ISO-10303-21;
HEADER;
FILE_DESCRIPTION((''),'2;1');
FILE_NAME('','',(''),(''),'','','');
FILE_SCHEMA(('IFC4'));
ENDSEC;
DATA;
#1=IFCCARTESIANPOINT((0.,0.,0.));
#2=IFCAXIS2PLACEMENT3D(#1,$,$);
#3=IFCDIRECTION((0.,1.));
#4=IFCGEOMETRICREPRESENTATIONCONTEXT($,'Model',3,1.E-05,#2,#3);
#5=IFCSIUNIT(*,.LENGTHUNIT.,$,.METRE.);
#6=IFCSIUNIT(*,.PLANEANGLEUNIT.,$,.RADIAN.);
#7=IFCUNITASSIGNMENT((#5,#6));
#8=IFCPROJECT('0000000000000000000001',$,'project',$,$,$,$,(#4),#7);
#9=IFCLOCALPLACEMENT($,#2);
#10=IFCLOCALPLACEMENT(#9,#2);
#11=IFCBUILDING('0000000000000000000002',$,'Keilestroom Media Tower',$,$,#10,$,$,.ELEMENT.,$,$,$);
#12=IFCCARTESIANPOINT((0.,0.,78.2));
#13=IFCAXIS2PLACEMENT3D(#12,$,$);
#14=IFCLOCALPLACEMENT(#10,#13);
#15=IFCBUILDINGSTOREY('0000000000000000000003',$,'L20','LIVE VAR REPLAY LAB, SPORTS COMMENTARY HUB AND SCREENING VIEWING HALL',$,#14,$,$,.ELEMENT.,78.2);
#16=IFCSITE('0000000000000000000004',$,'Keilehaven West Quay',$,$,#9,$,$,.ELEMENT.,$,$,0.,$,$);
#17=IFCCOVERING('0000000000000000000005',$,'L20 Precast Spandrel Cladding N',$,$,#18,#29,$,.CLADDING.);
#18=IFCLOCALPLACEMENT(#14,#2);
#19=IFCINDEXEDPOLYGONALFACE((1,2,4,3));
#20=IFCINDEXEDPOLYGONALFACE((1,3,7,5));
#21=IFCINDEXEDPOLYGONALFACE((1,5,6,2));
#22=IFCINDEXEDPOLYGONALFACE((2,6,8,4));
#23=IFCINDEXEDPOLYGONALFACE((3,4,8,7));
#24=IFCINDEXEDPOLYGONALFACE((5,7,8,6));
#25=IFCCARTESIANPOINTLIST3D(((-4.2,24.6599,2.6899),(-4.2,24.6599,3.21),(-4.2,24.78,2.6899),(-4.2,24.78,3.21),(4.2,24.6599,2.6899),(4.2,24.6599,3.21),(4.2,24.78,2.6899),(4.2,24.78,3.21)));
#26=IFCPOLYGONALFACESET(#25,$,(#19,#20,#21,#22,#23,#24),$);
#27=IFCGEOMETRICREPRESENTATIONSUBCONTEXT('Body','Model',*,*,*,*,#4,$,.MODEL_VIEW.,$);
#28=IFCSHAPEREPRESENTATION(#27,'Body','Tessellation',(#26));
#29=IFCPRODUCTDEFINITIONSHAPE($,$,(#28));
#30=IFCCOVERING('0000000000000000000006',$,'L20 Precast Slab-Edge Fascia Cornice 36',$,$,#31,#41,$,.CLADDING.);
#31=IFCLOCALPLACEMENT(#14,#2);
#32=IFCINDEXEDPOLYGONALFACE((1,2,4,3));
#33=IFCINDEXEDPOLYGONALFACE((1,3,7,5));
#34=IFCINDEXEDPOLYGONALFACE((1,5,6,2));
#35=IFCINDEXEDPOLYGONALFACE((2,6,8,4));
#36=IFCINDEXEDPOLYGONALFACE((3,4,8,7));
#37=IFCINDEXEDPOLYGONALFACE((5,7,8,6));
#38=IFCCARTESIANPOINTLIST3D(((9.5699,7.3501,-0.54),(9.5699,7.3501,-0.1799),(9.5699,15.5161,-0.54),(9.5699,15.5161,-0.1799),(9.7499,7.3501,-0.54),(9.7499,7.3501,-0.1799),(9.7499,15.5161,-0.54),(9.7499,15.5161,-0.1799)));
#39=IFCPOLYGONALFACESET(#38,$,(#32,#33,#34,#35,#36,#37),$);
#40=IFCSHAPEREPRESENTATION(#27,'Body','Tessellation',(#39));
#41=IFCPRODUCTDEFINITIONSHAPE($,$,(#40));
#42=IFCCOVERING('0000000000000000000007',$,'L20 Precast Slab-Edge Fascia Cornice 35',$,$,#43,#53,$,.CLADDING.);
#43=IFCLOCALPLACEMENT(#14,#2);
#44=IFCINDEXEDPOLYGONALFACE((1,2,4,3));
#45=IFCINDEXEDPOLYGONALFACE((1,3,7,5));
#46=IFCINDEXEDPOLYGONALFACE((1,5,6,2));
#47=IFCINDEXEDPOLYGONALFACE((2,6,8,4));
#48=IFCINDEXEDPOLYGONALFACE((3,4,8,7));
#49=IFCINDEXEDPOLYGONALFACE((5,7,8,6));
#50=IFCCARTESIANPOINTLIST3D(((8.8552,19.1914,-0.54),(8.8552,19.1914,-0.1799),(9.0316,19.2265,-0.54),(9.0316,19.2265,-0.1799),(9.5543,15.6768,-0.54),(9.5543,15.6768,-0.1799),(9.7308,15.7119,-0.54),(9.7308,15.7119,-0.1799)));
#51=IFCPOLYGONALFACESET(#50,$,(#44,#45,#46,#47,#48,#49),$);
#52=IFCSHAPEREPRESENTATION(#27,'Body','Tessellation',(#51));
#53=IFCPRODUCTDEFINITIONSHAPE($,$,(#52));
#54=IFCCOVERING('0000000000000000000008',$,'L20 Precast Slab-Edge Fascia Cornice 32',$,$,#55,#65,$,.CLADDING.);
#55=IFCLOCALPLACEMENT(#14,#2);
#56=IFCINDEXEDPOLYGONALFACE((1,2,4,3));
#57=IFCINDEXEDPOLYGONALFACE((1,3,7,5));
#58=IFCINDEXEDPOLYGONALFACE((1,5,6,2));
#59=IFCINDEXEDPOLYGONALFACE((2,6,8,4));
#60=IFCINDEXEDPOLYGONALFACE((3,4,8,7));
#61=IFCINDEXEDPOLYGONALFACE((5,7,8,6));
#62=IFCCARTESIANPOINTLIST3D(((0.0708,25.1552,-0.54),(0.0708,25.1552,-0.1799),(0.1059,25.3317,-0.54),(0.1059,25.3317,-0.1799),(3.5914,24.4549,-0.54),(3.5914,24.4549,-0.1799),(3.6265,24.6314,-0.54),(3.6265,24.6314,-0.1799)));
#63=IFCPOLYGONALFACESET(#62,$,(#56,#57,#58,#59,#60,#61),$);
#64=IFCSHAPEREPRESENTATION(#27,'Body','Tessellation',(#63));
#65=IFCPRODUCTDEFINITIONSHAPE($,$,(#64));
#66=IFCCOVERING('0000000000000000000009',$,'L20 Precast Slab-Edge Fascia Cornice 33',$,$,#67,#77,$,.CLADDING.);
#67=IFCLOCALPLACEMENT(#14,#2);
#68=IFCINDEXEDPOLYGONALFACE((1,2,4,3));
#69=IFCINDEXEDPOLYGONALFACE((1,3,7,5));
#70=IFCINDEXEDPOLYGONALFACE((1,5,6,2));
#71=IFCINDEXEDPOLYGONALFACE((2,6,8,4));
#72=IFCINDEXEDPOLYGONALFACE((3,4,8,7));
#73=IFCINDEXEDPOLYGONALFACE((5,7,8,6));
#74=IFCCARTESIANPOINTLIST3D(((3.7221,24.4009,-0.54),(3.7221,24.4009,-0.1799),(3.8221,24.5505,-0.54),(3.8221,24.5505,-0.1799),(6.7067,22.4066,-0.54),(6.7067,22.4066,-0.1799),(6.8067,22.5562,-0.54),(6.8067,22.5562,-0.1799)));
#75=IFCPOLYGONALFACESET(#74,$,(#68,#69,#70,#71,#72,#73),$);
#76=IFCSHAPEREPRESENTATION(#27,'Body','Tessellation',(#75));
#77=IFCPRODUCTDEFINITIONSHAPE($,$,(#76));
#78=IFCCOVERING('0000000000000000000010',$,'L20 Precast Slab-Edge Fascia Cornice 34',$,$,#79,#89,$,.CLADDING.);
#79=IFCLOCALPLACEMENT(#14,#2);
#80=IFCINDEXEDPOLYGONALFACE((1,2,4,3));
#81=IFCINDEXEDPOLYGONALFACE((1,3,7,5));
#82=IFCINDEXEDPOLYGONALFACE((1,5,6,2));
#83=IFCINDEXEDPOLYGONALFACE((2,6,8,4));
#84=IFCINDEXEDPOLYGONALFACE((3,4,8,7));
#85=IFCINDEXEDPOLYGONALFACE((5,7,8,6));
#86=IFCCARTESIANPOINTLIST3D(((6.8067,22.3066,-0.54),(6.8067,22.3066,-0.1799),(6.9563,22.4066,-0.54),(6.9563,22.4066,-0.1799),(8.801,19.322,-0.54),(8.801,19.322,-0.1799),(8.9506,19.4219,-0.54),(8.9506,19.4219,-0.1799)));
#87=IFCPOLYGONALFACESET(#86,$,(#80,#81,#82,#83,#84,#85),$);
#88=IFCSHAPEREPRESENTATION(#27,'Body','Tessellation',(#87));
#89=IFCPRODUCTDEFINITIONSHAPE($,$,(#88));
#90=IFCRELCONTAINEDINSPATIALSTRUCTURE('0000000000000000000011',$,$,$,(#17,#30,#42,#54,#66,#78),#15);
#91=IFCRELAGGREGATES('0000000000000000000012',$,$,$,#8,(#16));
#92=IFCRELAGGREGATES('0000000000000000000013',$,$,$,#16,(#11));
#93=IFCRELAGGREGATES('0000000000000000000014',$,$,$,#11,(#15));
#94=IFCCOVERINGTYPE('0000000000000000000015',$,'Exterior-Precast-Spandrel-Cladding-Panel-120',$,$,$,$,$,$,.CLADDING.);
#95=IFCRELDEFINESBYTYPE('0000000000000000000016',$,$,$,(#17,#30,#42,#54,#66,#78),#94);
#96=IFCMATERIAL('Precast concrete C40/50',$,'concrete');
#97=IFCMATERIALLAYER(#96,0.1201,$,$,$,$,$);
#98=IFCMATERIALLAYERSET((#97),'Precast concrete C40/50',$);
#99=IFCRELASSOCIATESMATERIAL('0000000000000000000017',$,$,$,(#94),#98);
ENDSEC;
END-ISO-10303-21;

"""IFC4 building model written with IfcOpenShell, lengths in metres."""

from ifc_helpers import new_model, si_unit, direction, frame, origin, origin_2d, place, context, subcontext, project, spatial, rectangle, extrude, source, transform, mapped, material, layer, layer_set, type_object, element, save


model = new_model("IFC4")

# Units and contexts
model_context = context("Model", 3, precision=1e-05, world=origin(), true_north=direction((0.0, 1.0)))
body_context = subcontext(model_context, "Body", "Model", "MODEL_VIEW")
ifc_project = project(units=[si_unit("LENGTHUNIT", "METRE"), si_unit("PLANEANGLEUNIT", "RADIAN")], contexts=[model_context])

# Site, building, storey
site_placement = place(None, origin())
site = spatial("IfcSite", under=ifc_project, at=site_placement, Name="Keilehaven West Quay", CompositionType="ELEMENT", RefElevation=0.0)
building_placement = place(site_placement, origin())
building = spatial("IfcBuilding", under=site, at=building_placement, Name="Keilestroom Media Tower", CompositionType="ELEMENT")
storey_placement = place(building_placement, frame((0.0, 0.0, 78.2)))
storey = spatial("IfcBuildingStorey", under=building, at=storey_placement, Name="L20", Description="LIVE VAR REPLAY LAB, SPORTS COMMENTARY HUB AND SCREENING VIEWING HALL", CompositionType="ELEMENT", Elevation=78.2)

# Shared definitions
ifc_material_1 = material(Name="Precast concrete C40/50", Category="concrete")

# Coverings
ifc_layer_1 = layer(ifc_material_1, 0.1201)
ifc_layer_set_1 = layer_set([ifc_layer_1], Name="Precast concrete C40/50")
covering_type = type_object("IfcCoveringType", Name="Exterior-Precast-Spandrel-Cladding-Panel-120", PredefinedType="CLADDING", material=ifc_layer_set_1)
shared_shape_1 = source(origin(), body_context, "Body", "SweptSolid", [
    extrude(rectangle(XDim=8.3999, YDim=0.1201, at=origin_2d()), origin(), (0.0, 0.0, 1.0), 0.52),
])
covering_1_placement = place(storey_placement, frame((0.0, 24.72, 2.6899), z_axis=(0.0, 0.0, 1.0), x_axis=(1.0, 0.0, 0.0)))
element("IfcCovering", 1, at=covering_1_placement, inside=storey, type_object=covering_type, Name="L20 Precast Spandrel Cladding N", PredefinedType="CLADDING", context=body_context, shape_type="MappedRepresentation", body=[
    mapped(shared_shape_1, transform((0.0, 0.0, 0.0), x_axis=(1.0, 0.0, 0.0), y_axis=(0.0, 1.0, 0.0), z_axis=(0.0, 0.0, 1.0), scale=1.0)),
])
shared_shape_2 = source(origin(), body_context, "Body", "SweptSolid", [
    extrude(rectangle(XDim=8.166, YDim=0.1799, at=origin_2d()), origin(), (0.0, 0.0, 1.0), 0.3601),
])
covering_2_placement = place(storey_placement, frame((9.6599, 11.4331, -0.54), z_axis=(0.0, 0.0, 1.0), x_axis=(0.0, -1.0, 0.0)))
element("IfcCovering", 2, at=covering_2_placement, inside=storey, type_object=covering_type, Name="L20 Precast Slab-Edge Fascia Cornice 36", PredefinedType="CLADDING", context=body_context, shape_type="MappedRepresentation", body=[
    mapped(shared_shape_2, transform((0.0, 0.0, 0.0), x_axis=(1.0, 0.0, 0.0), y_axis=(0.0, 1.0, 0.0), z_axis=(0.0, 0.0, 1.0), scale=1.0)),
])
shared_shape_3 = source(origin(), body_context, "Body", "SweptSolid", [
    extrude(rectangle(XDim=3.5835, YDim=0.1799, at=origin_2d()), origin(), (0.0, 0.0, 1.0), 0.3601),
])
covering_3_placement = place(storey_placement, frame((9.293, 17.4517, -0.54), z_axis=(0.0, 0.0, 1.0), x_axis=(0.195099, -0.980784, 0.0)))
element("IfcCovering", 3, at=covering_3_placement, inside=storey, type_object=covering_type, Name="L20 Precast Slab-Edge Fascia Cornice 35", PredefinedType="CLADDING", context=body_context, shape_type="MappedRepresentation", body=[
    mapped(shared_shape_3, transform((0.0, 0.0, 0.0), x_axis=(1.0, 0.0, 0.0), y_axis=(0.0, 1.0, 0.0), z_axis=(0.0, 0.0, 1.0), scale=1.0)),
])
shared_shape_4 = source(origin(), body_context, "Body", "SweptSolid", [
    extrude(rectangle(XDim=3.5896, YDim=0.1799, at=origin_2d()), origin(), (0.0, 0.0, 1.0), 0.3601),
])
for number, where, z_axis, x_axis, name in (
    (4, (1.8486, 24.8933, -0.54), (0.0, 0.0, 1.0), (0.980784, -0.195099, 0.0), "L20 Precast Slab-Edge Fascia Cornice 32"),
    (5, (5.2644, 23.4785, -0.54), (0.0, 0.0, 1.0), (0.831467, -0.555575, 0.0), "L20 Precast Slab-Edge Fascia Cornice 33"),
    (6, (7.8787, 20.8643, -0.54), (0.0, 0.0, 1.0), (0.555575, -0.831467, 0.0), "L20 Precast Slab-Edge Fascia Cornice 34"),
):
    element("IfcCovering", number, at=place(storey_placement, frame(where, z_axis=z_axis, x_axis=x_axis)), inside=storey, type_object=covering_type, Name=name, PredefinedType="CLADDING", context=body_context, shape_type="MappedRepresentation", body=[
        mapped(shared_shape_4, transform((0.0, 0.0, 0.0), x_axis=(1.0, 0.0, 0.0), y_axis=(0.0, 1.0, 0.0), z_axis=(0.0, 0.0, 1.0), scale=1.0)),
    ])

save(model, "model.ifc")
